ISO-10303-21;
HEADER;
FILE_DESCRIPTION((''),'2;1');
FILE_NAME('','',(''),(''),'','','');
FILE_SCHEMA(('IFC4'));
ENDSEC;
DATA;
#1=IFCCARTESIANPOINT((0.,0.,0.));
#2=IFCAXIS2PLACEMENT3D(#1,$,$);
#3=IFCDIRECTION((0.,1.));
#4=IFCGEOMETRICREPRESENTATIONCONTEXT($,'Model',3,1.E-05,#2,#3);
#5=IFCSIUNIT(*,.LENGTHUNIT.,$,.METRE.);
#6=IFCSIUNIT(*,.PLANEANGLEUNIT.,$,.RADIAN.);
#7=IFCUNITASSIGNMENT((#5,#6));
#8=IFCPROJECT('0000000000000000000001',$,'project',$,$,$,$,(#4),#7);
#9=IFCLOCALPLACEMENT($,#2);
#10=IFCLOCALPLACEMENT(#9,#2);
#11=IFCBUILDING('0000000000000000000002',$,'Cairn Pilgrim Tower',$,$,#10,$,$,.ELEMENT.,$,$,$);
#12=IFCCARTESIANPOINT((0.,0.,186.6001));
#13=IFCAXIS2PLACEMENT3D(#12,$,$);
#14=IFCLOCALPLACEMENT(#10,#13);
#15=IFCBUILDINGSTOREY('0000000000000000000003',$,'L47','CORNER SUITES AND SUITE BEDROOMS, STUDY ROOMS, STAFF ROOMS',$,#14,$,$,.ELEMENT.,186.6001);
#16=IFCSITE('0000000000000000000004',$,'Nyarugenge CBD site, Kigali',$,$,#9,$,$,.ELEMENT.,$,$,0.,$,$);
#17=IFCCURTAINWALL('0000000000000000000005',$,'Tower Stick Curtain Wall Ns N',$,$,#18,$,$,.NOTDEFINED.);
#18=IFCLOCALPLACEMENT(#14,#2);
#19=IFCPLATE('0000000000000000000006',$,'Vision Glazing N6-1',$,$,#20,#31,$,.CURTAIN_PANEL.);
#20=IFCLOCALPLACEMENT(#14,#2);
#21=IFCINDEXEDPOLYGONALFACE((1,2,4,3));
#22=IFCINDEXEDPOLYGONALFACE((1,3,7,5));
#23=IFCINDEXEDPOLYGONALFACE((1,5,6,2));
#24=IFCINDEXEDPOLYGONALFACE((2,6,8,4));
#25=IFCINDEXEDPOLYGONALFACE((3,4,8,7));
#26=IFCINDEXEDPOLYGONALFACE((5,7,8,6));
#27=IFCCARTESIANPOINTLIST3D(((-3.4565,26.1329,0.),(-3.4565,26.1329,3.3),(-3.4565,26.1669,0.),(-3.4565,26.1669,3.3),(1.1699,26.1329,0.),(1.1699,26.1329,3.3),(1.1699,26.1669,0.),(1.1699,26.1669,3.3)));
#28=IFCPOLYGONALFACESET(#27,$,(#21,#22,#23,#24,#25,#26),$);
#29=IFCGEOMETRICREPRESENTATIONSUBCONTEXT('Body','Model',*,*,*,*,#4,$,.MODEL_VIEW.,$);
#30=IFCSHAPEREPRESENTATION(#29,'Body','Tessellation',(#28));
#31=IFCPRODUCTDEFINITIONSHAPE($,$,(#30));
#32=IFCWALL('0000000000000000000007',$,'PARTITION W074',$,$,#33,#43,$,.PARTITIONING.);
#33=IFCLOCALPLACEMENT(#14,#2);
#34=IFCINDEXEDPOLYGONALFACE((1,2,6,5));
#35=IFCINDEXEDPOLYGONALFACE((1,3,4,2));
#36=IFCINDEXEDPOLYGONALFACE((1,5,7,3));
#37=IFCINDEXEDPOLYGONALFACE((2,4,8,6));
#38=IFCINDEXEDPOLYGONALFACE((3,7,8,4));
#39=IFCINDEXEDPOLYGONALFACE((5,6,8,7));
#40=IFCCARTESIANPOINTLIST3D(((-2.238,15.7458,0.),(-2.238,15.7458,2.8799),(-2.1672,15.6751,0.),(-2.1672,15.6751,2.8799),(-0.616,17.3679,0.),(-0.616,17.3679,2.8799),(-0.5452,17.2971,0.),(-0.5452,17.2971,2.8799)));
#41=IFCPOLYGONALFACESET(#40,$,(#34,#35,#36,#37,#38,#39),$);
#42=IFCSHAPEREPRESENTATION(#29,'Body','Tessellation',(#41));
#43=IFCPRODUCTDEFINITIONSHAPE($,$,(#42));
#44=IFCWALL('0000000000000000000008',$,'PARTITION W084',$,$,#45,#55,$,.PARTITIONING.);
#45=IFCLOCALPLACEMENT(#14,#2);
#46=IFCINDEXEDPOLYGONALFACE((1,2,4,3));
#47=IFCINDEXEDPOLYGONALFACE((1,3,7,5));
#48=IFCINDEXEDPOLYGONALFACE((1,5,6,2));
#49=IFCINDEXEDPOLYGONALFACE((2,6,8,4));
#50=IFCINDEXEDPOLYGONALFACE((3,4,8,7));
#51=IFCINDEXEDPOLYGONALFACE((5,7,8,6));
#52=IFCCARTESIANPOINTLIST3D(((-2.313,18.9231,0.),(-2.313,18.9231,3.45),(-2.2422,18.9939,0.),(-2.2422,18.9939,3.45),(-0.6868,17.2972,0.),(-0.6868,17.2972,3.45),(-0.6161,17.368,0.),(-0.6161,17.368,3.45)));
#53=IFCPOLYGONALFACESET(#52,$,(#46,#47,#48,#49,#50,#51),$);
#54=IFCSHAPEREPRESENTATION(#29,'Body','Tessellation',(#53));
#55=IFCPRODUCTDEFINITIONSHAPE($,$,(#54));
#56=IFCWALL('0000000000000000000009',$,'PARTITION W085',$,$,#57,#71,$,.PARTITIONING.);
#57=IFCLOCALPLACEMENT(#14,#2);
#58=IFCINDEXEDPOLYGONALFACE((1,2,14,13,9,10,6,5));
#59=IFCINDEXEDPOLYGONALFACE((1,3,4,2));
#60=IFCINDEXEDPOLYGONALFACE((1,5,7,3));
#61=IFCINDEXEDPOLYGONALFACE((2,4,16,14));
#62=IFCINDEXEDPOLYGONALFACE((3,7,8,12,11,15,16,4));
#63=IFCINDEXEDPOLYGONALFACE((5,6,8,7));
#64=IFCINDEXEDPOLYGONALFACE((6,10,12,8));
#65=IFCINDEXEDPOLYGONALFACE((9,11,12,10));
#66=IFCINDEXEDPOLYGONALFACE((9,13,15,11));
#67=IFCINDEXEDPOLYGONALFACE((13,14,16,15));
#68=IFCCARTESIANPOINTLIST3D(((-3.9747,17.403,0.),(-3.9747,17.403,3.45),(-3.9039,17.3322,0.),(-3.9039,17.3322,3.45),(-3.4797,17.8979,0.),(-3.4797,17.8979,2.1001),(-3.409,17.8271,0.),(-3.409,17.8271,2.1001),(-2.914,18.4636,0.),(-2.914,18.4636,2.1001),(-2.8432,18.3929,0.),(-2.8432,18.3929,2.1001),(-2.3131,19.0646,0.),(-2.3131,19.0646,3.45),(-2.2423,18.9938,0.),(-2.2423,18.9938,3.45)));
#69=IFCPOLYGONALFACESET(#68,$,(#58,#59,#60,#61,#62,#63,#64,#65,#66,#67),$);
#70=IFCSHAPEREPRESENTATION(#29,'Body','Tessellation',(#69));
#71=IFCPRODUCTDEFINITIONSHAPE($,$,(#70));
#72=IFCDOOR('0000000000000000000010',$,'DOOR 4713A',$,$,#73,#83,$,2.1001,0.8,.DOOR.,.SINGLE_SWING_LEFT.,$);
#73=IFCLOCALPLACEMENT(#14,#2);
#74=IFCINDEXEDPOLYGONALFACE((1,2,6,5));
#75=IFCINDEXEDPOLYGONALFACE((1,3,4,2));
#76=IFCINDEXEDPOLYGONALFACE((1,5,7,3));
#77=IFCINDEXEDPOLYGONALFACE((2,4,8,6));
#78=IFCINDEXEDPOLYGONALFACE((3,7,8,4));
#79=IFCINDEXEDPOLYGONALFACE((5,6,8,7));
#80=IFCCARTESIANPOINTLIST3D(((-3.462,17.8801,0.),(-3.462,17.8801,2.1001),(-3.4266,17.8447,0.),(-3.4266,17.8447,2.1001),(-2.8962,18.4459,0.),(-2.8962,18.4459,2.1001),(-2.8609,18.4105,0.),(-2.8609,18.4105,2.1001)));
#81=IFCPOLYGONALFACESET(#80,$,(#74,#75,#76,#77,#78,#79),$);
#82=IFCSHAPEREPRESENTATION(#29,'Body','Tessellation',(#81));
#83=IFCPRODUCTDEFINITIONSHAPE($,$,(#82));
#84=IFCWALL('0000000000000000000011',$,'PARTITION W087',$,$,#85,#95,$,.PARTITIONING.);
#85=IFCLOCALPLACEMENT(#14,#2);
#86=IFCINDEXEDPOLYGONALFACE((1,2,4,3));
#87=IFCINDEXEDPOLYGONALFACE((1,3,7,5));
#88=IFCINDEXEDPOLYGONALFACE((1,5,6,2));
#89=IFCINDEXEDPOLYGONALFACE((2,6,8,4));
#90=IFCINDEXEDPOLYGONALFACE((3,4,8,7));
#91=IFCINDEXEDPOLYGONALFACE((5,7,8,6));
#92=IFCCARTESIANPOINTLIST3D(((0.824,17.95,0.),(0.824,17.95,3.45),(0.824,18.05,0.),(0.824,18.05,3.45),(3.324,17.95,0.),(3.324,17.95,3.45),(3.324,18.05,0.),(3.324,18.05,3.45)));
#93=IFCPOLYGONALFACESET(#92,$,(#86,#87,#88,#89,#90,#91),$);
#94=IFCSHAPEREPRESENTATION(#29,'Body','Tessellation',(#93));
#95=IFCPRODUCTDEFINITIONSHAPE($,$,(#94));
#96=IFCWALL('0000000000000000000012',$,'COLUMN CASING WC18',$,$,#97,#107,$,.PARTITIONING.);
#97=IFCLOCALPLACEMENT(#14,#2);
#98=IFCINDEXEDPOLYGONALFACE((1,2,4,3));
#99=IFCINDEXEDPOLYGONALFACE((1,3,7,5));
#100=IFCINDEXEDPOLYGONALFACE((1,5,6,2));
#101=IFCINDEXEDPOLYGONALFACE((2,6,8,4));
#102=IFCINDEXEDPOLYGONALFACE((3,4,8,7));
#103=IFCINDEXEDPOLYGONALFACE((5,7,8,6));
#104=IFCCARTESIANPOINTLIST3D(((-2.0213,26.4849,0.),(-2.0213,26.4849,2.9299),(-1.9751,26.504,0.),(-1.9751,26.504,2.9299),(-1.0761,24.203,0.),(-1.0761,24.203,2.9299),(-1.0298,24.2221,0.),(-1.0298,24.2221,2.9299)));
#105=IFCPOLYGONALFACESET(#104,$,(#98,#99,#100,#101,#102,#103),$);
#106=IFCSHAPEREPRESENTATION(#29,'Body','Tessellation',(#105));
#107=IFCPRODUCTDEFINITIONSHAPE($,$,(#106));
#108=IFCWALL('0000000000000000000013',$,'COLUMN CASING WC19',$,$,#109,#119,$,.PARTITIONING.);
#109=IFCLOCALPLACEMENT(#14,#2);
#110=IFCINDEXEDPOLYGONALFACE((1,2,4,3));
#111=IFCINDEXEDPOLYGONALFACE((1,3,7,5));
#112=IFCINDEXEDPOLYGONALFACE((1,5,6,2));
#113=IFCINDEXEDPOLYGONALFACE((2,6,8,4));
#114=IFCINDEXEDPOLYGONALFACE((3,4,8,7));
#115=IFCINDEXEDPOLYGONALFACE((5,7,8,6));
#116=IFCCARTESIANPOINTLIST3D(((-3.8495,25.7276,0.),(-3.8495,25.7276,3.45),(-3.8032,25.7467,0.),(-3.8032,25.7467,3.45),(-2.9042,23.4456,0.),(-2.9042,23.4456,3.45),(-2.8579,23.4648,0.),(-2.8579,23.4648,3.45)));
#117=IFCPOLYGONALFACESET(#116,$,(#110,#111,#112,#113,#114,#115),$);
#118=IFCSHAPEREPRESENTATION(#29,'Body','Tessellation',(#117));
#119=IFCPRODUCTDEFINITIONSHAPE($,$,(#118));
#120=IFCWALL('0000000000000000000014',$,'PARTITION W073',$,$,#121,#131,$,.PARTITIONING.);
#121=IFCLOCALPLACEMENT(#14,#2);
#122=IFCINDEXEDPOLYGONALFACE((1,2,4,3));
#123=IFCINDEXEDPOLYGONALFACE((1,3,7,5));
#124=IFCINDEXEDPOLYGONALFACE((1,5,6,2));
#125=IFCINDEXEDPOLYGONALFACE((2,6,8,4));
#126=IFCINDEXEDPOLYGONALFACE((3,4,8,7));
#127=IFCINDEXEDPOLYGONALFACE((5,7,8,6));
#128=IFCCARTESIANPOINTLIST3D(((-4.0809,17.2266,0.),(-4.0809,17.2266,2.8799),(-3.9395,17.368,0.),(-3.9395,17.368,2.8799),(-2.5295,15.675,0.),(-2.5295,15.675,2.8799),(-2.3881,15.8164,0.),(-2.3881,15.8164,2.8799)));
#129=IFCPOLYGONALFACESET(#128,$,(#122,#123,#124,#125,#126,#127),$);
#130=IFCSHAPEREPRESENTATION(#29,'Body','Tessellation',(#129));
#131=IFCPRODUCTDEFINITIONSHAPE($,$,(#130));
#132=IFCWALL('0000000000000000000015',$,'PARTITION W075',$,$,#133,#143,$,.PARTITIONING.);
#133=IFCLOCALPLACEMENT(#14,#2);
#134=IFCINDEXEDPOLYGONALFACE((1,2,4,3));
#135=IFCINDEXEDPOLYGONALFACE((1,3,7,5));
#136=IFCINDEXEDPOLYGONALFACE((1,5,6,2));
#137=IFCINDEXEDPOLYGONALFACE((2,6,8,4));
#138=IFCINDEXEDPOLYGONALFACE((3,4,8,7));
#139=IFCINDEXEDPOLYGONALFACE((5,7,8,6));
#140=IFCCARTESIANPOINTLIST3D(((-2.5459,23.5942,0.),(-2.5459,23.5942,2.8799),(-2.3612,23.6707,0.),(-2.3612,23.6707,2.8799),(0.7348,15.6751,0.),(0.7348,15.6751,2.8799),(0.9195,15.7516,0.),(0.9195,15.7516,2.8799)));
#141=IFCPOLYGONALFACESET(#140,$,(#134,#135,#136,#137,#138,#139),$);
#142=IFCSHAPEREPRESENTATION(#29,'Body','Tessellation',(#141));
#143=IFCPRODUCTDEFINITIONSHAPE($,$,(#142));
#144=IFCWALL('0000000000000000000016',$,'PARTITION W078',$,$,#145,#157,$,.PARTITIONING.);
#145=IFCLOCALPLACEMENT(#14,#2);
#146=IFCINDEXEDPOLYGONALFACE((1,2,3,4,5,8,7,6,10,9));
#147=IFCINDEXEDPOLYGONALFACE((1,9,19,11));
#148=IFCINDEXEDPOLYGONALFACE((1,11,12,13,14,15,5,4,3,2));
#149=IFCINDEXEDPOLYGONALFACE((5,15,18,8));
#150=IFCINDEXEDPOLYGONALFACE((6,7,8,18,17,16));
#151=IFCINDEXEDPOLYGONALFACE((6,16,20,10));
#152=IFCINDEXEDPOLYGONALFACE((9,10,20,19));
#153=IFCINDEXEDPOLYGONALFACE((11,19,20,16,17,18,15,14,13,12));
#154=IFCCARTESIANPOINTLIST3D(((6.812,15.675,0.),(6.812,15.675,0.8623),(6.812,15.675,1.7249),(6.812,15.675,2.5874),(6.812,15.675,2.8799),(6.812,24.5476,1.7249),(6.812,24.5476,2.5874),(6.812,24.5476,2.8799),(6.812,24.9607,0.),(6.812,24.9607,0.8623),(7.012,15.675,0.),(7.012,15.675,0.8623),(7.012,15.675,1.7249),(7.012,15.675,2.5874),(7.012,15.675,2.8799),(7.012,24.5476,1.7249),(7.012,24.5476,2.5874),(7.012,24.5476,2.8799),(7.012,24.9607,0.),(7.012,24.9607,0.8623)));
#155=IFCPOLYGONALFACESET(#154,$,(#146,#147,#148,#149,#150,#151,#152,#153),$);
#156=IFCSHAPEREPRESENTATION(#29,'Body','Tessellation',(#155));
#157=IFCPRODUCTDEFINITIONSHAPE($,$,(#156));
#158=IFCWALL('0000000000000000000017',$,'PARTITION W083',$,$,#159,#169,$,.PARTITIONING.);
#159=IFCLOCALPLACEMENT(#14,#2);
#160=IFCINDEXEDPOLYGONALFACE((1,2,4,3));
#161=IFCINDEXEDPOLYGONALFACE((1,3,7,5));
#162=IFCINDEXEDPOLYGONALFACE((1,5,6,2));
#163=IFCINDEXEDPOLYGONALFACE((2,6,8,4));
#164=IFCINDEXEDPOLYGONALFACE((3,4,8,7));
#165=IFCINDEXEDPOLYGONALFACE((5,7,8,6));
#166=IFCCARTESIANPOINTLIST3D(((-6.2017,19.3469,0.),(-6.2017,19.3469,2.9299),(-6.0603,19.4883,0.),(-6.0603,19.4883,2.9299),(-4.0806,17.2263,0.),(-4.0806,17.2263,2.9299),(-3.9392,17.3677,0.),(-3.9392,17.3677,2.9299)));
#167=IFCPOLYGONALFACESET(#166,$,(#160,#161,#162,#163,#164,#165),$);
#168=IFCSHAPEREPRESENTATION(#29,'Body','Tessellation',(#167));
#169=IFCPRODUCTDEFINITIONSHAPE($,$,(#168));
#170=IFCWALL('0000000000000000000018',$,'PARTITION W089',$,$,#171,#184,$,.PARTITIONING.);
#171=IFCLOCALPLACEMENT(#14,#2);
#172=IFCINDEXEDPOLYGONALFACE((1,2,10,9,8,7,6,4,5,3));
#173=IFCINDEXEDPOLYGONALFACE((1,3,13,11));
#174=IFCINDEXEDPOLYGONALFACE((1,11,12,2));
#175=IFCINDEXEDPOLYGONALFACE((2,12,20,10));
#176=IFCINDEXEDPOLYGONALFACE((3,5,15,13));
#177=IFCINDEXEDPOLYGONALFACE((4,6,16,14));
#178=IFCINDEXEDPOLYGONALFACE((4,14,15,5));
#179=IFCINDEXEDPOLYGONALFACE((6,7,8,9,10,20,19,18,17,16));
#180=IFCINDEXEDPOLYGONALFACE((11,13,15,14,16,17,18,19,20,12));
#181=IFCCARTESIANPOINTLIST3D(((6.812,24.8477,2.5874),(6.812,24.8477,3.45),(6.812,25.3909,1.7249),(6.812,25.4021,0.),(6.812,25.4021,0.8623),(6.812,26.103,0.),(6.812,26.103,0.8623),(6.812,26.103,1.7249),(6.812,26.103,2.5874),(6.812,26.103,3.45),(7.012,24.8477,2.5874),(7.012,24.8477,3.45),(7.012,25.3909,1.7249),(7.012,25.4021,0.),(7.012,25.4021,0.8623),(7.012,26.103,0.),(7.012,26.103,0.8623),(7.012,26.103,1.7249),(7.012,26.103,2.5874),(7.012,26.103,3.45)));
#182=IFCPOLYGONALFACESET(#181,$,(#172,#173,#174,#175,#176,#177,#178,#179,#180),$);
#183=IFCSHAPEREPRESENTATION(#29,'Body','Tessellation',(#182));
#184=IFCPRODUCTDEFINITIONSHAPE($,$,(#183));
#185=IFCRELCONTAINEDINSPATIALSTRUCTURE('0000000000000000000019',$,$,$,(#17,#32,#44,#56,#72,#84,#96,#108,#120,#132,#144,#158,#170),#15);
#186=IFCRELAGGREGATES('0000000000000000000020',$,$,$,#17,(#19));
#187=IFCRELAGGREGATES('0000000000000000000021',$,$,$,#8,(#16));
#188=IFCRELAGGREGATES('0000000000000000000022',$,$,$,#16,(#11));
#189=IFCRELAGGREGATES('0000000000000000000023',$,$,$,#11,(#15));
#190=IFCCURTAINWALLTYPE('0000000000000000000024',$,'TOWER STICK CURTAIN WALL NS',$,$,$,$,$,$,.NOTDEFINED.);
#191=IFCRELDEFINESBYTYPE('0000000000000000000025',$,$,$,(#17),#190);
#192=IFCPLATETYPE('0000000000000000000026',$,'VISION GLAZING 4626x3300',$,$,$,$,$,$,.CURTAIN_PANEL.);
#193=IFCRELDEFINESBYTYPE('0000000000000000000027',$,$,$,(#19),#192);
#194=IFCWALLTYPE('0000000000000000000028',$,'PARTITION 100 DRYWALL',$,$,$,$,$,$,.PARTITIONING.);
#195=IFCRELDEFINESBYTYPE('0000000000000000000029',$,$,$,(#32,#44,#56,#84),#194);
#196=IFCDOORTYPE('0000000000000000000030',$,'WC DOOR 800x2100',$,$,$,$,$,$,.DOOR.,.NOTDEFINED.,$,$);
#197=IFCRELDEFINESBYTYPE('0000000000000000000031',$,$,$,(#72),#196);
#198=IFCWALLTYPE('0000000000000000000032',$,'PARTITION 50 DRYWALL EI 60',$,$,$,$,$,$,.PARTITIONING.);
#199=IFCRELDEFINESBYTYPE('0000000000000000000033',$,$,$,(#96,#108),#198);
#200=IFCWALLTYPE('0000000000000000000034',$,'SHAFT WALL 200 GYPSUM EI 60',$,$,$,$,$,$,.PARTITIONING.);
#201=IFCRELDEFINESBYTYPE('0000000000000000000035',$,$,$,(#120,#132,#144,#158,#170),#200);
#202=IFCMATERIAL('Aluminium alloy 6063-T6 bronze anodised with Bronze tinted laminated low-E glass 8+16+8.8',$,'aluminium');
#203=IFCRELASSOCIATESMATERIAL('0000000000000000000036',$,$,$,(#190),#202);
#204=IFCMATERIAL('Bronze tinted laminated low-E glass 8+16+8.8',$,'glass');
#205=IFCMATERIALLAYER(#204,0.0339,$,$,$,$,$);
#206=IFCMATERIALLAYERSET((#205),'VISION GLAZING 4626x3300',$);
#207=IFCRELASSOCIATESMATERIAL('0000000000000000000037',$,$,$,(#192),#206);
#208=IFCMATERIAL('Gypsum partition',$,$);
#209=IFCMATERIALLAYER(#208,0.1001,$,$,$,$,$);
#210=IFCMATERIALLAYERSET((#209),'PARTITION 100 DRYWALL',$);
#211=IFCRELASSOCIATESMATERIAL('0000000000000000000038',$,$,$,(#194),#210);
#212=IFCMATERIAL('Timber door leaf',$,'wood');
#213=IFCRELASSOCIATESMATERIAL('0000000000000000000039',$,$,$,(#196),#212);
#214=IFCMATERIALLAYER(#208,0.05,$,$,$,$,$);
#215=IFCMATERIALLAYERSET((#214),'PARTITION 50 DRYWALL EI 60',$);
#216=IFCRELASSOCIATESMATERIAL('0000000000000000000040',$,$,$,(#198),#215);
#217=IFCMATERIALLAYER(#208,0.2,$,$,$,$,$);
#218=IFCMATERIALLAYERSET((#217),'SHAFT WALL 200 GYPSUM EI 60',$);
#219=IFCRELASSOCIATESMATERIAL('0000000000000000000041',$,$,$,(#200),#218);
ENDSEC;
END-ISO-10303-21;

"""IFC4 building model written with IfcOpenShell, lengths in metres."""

from ifc_helpers import new_model, si_unit, direction, frame, frame_2d, origin, origin_2d, place, context, subcontext, project, spatial, polyline, rectangle, outline, extrude, material, layer, layer_set, type_object, element, fill, aggregate, save


model = new_model("IFC4")

# Units and contexts
model_context = context("Model", 3, precision=1e-05, world=origin(), true_north=direction((0.0, 1.0)))
body_context = subcontext(model_context, "Body", "Model", "MODEL_VIEW")
ifc_project = project(units=[si_unit("LENGTHUNIT", "METRE"), si_unit("PLANEANGLEUNIT", "RADIAN")], contexts=[model_context])

# Site, building, storey
site_placement = place(None, origin())
site = spatial("IfcSite", under=ifc_project, at=site_placement, Name="Nyarugenge CBD site, Kigali", CompositionType="ELEMENT", RefElevation=0.0)
building_placement = place(site_placement, origin())
building = spatial("IfcBuilding", under=site, at=building_placement, Name="Cairn Pilgrim Tower", CompositionType="ELEMENT")
storey_placement = place(building_placement, frame((0.0, 0.0, 186.6001)))
storey = spatial("IfcBuildingStorey", under=building, at=storey_placement, Name="L47", Description="CORNER SUITES AND SUITE BEDROOMS, STUDY ROOMS, STAFF ROOMS", CompositionType="ELEMENT", Elevation=186.6001)

# Curtain wall
ifc_material_1 = material(Name="Aluminium alloy 6063-T6 bronze anodised with Bronze tinted laminated low-E glass 8+16+8.8", Category="aluminium")
curtain_wall_type_1 = type_object("IfcCurtainWallType", Name="TOWER STICK CURTAIN WALL NS", PredefinedType="NOTDEFINED", material=ifc_material_1)
curtain_wall_1_placement = place(storey_placement, origin())
curtain_wall_1 = element("IfcCurtainWall", 1, at=curtain_wall_1_placement, inside=storey, type_object=curtain_wall_type_1, Name="Tower Stick Curtain Wall Ns N", PredefinedType="NOTDEFINED")

# Plate
ifc_material_2 = material(Name="Bronze tinted laminated low-E glass 8+16+8.8", Category="glass")
ifc_layer_1 = layer(ifc_material_2, 0.0339)
ifc_layer_set_1 = layer_set([ifc_layer_1], Name="VISION GLAZING 4626x3300")
plate_type = type_object("IfcPlateType", Name="VISION GLAZING 4626x3300", PredefinedType="CURTAIN_PANEL", material=ifc_layer_set_1)
plate_placement = place(storey_placement, frame((-1.1433, 26.1499, 0.0), z_axis=(0.0, 0.0, 1.0), x_axis=(-1.0, 0.0, 0.0)))
plate = element("IfcPlate", 2, at=plate_placement, type_object=plate_type, Name="Vision Glazing N6-1", PredefinedType="CURTAIN_PANEL", context=body_context, shape_type="SweptSolid", body=[
    extrude(rectangle(XDim=4.6265, YDim=0.0339, at=origin_2d()), origin(), (0.0, 0.0, 1.0), 3.3),
])
aggregate(curtain_wall_1, [plate])

# Walls
ifc_material_3 = material(Name="Gypsum partition")
ifc_layer_2 = layer(ifc_material_3, 0.1001)
ifc_layer_set_2 = layer_set([ifc_layer_2], Name="PARTITION 100 DRYWALL")
wall_type_1 = type_object("IfcWallType", Name="PARTITION 100 DRYWALL", PredefinedType="PARTITIONING", material=ifc_layer_set_2)
wall_1_placement = place(storey_placement, frame((-2.2026, 15.7104, 0.0), z_axis=(0.0, 0.0, 1.0), x_axis=(0.707107, 0.707107, 0.0)))
element("IfcWall", 3, at=wall_1_placement, inside=storey, type_object=wall_type_1, Name="PARTITION W074", PredefinedType="PARTITIONING", context=body_context, shape_type="SweptSolid", body=[
    extrude(rectangle(XDim=2.2939, YDim=0.1001, at=frame_2d((1.147, 0.0))), origin(), (0.0, 0.0, 1.0), 2.8799),
])
wall_2_placement = place(storey_placement, frame((-0.6514, 17.3325, 0.0), z_axis=(0.0, 0.0, 1.0), x_axis=(-0.70716, 0.707054, 0.0)))
element("IfcWall", 4, at=wall_2_placement, inside=storey, type_object=wall_type_1, Name="PARTITION W084", PredefinedType="PARTITIONING", context=body_context, shape_type="SweptSolid", body=[
    extrude(rectangle(XDim=2.2996, YDim=0.1001, at=frame_2d((1.1499, 0.0))), origin(), (0.0, 0.0, 1.0), 3.45),
])

# Wall, opening, door
wall_3_placement = place(storey_placement, frame((-3.9392, 17.3677, 0.0), z_axis=(0.0, 0.0, 1.0), x_axis=(0.707107, 0.707107, 0.0)))
wall_3 = element("IfcWall", 5, at=wall_3_placement, inside=storey, type_object=wall_type_1, Name="PARTITION W085", PredefinedType="PARTITIONING", context=body_context, shape_type="SweptSolid", body=[
    extrude(rectangle(XDim=2.3499, YDim=0.1001, at=frame_2d((1.1748, 0.0))), origin(), (0.0, 0.0, 1.0), 3.45),
])
opening_1_placement = place(wall_3_placement, frame((0.7, 0.0, 0.0)))
opening_1 = element("IfcOpeningElement", 6, at=opening_1_placement, cuts=wall_3, PredefinedType="OPENING", context=body_context, shape_type="SweptSolid", body=[
    extrude(rectangle(XDim=0.8, YDim=2.1001, at=frame_2d((0.3999, 1.05))), frame((0.0, 0.0601, 0.0), z_axis=(0.0, -1.0, 0.0), x_axis=(1.0, 0.0, 0.0)), (0.0, 0.0, 1.0), 0.1201),
])
ifc_material_4 = material(Name="Timber door leaf", Category="wood")
door_type_1 = type_object("IfcDoorType", Name="WC DOOR 800x2100", OperationType="NOTDEFINED", PredefinedType="DOOR", material=ifc_material_4)
door_1_placement = place(opening_1_placement, origin())
door_1 = element("IfcDoor", 7, at=door_1_placement, inside=storey, type_object=door_type_1, Name="DOOR 4713A", OperationType="SINGLE_SWING_LEFT", OverallHeight=2.1001, OverallWidth=0.8, PredefinedType="DOOR", context=body_context, shape_type="SweptSolid", body=[
    extrude(rectangle(XDim=0.8, YDim=2.1001, at=frame_2d((0.3999, 1.05))), frame((0.0, 0.0249, 0.0), z_axis=(0.0, -1.0, 0.0), x_axis=(1.0, 0.0, 0.0)), (0.0, 0.0, 1.0), 0.05),
])
fill(opening_1, door_1)

# Walls
wall_4_placement = place(storey_placement, frame((0.824, 18.0, 0.0), z_axis=(0.0, 0.0, 1.0), x_axis=(1.0, 0.0, 0.0)))
element("IfcWall", 8, at=wall_4_placement, inside=storey, type_object=wall_type_1, Name="PARTITION W087", PredefinedType="PARTITIONING", context=body_context, shape_type="SweptSolid", body=[
    extrude(rectangle(XDim=2.5, YDim=0.1001, at=frame_2d((1.25, 0.0))), origin(), (0.0, 0.0, 1.0), 3.45),
])
ifc_layer_3 = layer(ifc_material_3, 0.05)
ifc_layer_set_3 = layer_set([ifc_layer_3], Name="PARTITION 50 DRYWALL EI 60")
wall_type_2 = type_object("IfcWallType", Name="PARTITION 50 DRYWALL EI 60", PredefinedType="PARTITIONING", material=ifc_layer_set_3)
wall_5_placement = place(storey_placement, frame((-1.053, 24.2126, 0.0), z_axis=(0.0, 0.0, 1.0), x_axis=(-0.382713, 0.923867, 0.0)))
element("IfcWall", 9, at=wall_5_placement, inside=storey, type_object=wall_type_2, Name="COLUMN CASING WC18", PredefinedType="PARTITIONING", context=body_context, shape_type="SweptSolid", body=[
    extrude(rectangle(XDim=2.47, YDim=0.05, at=frame_2d((1.2349, 0.0))), origin(), (0.0, 0.0, 1.0), 2.9299),
])
wall_6_placement = place(storey_placement, frame((-2.8811, 23.4553, 0.0), z_axis=(0.0, 0.0, 1.0), x_axis=(-0.382713, 0.923867, 0.0)))
element("IfcWall", 10, at=wall_6_placement, inside=storey, type_object=wall_type_2, Name="COLUMN CASING WC19", PredefinedType="PARTITIONING", context=body_context, shape_type="SweptSolid", body=[
    extrude(rectangle(XDim=2.47, YDim=0.05, at=frame_2d((1.2349, 0.0))), origin(), (0.0, 0.0, 1.0), 3.45),
])
ifc_layer_4 = layer(ifc_material_3, 0.2)
ifc_layer_set_4 = layer_set([ifc_layer_4], Name="SHAFT WALL 200 GYPSUM EI 60")
wall_type_3 = type_object("IfcWallType", Name="SHAFT WALL 200 GYPSUM EI 60", PredefinedType="PARTITIONING", material=ifc_layer_set_4)
wall_7_placement = place(storey_placement, frame((-2.4587, 15.7456, 0.0), z_axis=(0.0, 0.0, 1.0), x_axis=(-0.707051, 0.707162, 0.0)))
element("IfcWall", 11, at=wall_7_placement, inside=storey, type_object=wall_type_3, Name="PARTITION W073", PredefinedType="PARTITIONING", context=body_context, shape_type="SweptSolid", body=[
    extrude(rectangle(XDim=2.1941, YDim=0.2, at=frame_2d((1.0972, 0.0))), origin(), (0.0, 0.0, 1.0), 2.8799),
])
wall_8_placement = place(storey_placement, frame((0.8271, 15.7134, 0.0), z_axis=(0.0, 0.0, 1.0), x_axis=(-0.382736, 0.923858, 0.0)))
element("IfcWall", 12, at=wall_8_placement, inside=storey, type_object=wall_type_3, Name="PARTITION W075", PredefinedType="PARTITIONING", context=body_context, shape_type="SweptSolid", body=[
    extrude(rectangle(XDim=8.5718, YDim=0.2, at=frame_2d((4.2859, 0.0))), origin(), (0.0, 0.0, 1.0), 2.8799),
])
wall_9_placement = place(storey_placement, frame((6.9121, 15.675, 0.0), z_axis=(0.0, 0.0, 1.0), x_axis=(0.0, 1.0, 0.0)))
element("IfcWall", 13, at=wall_9_placement, inside=storey, type_object=wall_type_3, Name="PARTITION W078", PredefinedType="PARTITIONING", context=body_context, shape_type="SweptSolid", body=[
    extrude(outline(polyline([(0.0, 0.0), (9.2856, 0.0), (9.2856, 0.8623), (8.8726, 1.7249), (8.8726, 2.5874), (8.8726, 2.8799), (0.0, 2.8799), (0.0, 2.5874), (0.0, 1.7249), (0.0, 0.8623), (0.0, 0.0)])), frame((0.0, 0.1001, 0.0), z_axis=(0.0, -1.0, 0.0), x_axis=(1.0, 0.0, 0.0)), (0.0, 0.0, 1.0), 0.2),
])
wall_10_placement = place(storey_placement, frame((-4.01, 17.2971, 0.0), z_axis=(0.0, 0.0, 1.0), x_axis=(-0.707188, 0.707025, 0.0)))
element("IfcWall", 14, at=wall_10_placement, inside=storey, type_object=wall_type_3, Name="PARTITION W083", PredefinedType="PARTITIONING", context=body_context, shape_type="SweptSolid", body=[
    extrude(rectangle(XDim=2.9993, YDim=0.2, at=frame_2d((1.4995, 0.0))), origin(), (0.0, 0.0, 1.0), 2.9299),
])
wall_11_placement = place(storey_placement, frame((6.9121, 24.8477, 0.0), z_axis=(0.0, 0.0, 1.0), x_axis=(0.0, 1.0, 0.0)))
element("IfcWall", 15, at=wall_11_placement, inside=storey, type_object=wall_type_3, Name="PARTITION W089", PredefinedType="PARTITIONING", context=body_context, shape_type="SweptSolid", body=[
    extrude(outline(polyline([(0.5544, 0.0), (1.2554, 0.0), (1.2554, 0.8623), (1.2554, 1.7249), (1.2554, 2.5874), (1.2554, 3.45), (0.0, 3.45), (0.0, 2.5874), (0.5432, 1.7249), (0.5544, 0.8623), (0.5544, 0.0)])), frame((0.0, 0.1001, 0.0), z_axis=(0.0, -1.0, 0.0), x_axis=(1.0, 0.0, 0.0)), (0.0, 0.0, 1.0), 0.2),
])

save(model, "model.ifc")
